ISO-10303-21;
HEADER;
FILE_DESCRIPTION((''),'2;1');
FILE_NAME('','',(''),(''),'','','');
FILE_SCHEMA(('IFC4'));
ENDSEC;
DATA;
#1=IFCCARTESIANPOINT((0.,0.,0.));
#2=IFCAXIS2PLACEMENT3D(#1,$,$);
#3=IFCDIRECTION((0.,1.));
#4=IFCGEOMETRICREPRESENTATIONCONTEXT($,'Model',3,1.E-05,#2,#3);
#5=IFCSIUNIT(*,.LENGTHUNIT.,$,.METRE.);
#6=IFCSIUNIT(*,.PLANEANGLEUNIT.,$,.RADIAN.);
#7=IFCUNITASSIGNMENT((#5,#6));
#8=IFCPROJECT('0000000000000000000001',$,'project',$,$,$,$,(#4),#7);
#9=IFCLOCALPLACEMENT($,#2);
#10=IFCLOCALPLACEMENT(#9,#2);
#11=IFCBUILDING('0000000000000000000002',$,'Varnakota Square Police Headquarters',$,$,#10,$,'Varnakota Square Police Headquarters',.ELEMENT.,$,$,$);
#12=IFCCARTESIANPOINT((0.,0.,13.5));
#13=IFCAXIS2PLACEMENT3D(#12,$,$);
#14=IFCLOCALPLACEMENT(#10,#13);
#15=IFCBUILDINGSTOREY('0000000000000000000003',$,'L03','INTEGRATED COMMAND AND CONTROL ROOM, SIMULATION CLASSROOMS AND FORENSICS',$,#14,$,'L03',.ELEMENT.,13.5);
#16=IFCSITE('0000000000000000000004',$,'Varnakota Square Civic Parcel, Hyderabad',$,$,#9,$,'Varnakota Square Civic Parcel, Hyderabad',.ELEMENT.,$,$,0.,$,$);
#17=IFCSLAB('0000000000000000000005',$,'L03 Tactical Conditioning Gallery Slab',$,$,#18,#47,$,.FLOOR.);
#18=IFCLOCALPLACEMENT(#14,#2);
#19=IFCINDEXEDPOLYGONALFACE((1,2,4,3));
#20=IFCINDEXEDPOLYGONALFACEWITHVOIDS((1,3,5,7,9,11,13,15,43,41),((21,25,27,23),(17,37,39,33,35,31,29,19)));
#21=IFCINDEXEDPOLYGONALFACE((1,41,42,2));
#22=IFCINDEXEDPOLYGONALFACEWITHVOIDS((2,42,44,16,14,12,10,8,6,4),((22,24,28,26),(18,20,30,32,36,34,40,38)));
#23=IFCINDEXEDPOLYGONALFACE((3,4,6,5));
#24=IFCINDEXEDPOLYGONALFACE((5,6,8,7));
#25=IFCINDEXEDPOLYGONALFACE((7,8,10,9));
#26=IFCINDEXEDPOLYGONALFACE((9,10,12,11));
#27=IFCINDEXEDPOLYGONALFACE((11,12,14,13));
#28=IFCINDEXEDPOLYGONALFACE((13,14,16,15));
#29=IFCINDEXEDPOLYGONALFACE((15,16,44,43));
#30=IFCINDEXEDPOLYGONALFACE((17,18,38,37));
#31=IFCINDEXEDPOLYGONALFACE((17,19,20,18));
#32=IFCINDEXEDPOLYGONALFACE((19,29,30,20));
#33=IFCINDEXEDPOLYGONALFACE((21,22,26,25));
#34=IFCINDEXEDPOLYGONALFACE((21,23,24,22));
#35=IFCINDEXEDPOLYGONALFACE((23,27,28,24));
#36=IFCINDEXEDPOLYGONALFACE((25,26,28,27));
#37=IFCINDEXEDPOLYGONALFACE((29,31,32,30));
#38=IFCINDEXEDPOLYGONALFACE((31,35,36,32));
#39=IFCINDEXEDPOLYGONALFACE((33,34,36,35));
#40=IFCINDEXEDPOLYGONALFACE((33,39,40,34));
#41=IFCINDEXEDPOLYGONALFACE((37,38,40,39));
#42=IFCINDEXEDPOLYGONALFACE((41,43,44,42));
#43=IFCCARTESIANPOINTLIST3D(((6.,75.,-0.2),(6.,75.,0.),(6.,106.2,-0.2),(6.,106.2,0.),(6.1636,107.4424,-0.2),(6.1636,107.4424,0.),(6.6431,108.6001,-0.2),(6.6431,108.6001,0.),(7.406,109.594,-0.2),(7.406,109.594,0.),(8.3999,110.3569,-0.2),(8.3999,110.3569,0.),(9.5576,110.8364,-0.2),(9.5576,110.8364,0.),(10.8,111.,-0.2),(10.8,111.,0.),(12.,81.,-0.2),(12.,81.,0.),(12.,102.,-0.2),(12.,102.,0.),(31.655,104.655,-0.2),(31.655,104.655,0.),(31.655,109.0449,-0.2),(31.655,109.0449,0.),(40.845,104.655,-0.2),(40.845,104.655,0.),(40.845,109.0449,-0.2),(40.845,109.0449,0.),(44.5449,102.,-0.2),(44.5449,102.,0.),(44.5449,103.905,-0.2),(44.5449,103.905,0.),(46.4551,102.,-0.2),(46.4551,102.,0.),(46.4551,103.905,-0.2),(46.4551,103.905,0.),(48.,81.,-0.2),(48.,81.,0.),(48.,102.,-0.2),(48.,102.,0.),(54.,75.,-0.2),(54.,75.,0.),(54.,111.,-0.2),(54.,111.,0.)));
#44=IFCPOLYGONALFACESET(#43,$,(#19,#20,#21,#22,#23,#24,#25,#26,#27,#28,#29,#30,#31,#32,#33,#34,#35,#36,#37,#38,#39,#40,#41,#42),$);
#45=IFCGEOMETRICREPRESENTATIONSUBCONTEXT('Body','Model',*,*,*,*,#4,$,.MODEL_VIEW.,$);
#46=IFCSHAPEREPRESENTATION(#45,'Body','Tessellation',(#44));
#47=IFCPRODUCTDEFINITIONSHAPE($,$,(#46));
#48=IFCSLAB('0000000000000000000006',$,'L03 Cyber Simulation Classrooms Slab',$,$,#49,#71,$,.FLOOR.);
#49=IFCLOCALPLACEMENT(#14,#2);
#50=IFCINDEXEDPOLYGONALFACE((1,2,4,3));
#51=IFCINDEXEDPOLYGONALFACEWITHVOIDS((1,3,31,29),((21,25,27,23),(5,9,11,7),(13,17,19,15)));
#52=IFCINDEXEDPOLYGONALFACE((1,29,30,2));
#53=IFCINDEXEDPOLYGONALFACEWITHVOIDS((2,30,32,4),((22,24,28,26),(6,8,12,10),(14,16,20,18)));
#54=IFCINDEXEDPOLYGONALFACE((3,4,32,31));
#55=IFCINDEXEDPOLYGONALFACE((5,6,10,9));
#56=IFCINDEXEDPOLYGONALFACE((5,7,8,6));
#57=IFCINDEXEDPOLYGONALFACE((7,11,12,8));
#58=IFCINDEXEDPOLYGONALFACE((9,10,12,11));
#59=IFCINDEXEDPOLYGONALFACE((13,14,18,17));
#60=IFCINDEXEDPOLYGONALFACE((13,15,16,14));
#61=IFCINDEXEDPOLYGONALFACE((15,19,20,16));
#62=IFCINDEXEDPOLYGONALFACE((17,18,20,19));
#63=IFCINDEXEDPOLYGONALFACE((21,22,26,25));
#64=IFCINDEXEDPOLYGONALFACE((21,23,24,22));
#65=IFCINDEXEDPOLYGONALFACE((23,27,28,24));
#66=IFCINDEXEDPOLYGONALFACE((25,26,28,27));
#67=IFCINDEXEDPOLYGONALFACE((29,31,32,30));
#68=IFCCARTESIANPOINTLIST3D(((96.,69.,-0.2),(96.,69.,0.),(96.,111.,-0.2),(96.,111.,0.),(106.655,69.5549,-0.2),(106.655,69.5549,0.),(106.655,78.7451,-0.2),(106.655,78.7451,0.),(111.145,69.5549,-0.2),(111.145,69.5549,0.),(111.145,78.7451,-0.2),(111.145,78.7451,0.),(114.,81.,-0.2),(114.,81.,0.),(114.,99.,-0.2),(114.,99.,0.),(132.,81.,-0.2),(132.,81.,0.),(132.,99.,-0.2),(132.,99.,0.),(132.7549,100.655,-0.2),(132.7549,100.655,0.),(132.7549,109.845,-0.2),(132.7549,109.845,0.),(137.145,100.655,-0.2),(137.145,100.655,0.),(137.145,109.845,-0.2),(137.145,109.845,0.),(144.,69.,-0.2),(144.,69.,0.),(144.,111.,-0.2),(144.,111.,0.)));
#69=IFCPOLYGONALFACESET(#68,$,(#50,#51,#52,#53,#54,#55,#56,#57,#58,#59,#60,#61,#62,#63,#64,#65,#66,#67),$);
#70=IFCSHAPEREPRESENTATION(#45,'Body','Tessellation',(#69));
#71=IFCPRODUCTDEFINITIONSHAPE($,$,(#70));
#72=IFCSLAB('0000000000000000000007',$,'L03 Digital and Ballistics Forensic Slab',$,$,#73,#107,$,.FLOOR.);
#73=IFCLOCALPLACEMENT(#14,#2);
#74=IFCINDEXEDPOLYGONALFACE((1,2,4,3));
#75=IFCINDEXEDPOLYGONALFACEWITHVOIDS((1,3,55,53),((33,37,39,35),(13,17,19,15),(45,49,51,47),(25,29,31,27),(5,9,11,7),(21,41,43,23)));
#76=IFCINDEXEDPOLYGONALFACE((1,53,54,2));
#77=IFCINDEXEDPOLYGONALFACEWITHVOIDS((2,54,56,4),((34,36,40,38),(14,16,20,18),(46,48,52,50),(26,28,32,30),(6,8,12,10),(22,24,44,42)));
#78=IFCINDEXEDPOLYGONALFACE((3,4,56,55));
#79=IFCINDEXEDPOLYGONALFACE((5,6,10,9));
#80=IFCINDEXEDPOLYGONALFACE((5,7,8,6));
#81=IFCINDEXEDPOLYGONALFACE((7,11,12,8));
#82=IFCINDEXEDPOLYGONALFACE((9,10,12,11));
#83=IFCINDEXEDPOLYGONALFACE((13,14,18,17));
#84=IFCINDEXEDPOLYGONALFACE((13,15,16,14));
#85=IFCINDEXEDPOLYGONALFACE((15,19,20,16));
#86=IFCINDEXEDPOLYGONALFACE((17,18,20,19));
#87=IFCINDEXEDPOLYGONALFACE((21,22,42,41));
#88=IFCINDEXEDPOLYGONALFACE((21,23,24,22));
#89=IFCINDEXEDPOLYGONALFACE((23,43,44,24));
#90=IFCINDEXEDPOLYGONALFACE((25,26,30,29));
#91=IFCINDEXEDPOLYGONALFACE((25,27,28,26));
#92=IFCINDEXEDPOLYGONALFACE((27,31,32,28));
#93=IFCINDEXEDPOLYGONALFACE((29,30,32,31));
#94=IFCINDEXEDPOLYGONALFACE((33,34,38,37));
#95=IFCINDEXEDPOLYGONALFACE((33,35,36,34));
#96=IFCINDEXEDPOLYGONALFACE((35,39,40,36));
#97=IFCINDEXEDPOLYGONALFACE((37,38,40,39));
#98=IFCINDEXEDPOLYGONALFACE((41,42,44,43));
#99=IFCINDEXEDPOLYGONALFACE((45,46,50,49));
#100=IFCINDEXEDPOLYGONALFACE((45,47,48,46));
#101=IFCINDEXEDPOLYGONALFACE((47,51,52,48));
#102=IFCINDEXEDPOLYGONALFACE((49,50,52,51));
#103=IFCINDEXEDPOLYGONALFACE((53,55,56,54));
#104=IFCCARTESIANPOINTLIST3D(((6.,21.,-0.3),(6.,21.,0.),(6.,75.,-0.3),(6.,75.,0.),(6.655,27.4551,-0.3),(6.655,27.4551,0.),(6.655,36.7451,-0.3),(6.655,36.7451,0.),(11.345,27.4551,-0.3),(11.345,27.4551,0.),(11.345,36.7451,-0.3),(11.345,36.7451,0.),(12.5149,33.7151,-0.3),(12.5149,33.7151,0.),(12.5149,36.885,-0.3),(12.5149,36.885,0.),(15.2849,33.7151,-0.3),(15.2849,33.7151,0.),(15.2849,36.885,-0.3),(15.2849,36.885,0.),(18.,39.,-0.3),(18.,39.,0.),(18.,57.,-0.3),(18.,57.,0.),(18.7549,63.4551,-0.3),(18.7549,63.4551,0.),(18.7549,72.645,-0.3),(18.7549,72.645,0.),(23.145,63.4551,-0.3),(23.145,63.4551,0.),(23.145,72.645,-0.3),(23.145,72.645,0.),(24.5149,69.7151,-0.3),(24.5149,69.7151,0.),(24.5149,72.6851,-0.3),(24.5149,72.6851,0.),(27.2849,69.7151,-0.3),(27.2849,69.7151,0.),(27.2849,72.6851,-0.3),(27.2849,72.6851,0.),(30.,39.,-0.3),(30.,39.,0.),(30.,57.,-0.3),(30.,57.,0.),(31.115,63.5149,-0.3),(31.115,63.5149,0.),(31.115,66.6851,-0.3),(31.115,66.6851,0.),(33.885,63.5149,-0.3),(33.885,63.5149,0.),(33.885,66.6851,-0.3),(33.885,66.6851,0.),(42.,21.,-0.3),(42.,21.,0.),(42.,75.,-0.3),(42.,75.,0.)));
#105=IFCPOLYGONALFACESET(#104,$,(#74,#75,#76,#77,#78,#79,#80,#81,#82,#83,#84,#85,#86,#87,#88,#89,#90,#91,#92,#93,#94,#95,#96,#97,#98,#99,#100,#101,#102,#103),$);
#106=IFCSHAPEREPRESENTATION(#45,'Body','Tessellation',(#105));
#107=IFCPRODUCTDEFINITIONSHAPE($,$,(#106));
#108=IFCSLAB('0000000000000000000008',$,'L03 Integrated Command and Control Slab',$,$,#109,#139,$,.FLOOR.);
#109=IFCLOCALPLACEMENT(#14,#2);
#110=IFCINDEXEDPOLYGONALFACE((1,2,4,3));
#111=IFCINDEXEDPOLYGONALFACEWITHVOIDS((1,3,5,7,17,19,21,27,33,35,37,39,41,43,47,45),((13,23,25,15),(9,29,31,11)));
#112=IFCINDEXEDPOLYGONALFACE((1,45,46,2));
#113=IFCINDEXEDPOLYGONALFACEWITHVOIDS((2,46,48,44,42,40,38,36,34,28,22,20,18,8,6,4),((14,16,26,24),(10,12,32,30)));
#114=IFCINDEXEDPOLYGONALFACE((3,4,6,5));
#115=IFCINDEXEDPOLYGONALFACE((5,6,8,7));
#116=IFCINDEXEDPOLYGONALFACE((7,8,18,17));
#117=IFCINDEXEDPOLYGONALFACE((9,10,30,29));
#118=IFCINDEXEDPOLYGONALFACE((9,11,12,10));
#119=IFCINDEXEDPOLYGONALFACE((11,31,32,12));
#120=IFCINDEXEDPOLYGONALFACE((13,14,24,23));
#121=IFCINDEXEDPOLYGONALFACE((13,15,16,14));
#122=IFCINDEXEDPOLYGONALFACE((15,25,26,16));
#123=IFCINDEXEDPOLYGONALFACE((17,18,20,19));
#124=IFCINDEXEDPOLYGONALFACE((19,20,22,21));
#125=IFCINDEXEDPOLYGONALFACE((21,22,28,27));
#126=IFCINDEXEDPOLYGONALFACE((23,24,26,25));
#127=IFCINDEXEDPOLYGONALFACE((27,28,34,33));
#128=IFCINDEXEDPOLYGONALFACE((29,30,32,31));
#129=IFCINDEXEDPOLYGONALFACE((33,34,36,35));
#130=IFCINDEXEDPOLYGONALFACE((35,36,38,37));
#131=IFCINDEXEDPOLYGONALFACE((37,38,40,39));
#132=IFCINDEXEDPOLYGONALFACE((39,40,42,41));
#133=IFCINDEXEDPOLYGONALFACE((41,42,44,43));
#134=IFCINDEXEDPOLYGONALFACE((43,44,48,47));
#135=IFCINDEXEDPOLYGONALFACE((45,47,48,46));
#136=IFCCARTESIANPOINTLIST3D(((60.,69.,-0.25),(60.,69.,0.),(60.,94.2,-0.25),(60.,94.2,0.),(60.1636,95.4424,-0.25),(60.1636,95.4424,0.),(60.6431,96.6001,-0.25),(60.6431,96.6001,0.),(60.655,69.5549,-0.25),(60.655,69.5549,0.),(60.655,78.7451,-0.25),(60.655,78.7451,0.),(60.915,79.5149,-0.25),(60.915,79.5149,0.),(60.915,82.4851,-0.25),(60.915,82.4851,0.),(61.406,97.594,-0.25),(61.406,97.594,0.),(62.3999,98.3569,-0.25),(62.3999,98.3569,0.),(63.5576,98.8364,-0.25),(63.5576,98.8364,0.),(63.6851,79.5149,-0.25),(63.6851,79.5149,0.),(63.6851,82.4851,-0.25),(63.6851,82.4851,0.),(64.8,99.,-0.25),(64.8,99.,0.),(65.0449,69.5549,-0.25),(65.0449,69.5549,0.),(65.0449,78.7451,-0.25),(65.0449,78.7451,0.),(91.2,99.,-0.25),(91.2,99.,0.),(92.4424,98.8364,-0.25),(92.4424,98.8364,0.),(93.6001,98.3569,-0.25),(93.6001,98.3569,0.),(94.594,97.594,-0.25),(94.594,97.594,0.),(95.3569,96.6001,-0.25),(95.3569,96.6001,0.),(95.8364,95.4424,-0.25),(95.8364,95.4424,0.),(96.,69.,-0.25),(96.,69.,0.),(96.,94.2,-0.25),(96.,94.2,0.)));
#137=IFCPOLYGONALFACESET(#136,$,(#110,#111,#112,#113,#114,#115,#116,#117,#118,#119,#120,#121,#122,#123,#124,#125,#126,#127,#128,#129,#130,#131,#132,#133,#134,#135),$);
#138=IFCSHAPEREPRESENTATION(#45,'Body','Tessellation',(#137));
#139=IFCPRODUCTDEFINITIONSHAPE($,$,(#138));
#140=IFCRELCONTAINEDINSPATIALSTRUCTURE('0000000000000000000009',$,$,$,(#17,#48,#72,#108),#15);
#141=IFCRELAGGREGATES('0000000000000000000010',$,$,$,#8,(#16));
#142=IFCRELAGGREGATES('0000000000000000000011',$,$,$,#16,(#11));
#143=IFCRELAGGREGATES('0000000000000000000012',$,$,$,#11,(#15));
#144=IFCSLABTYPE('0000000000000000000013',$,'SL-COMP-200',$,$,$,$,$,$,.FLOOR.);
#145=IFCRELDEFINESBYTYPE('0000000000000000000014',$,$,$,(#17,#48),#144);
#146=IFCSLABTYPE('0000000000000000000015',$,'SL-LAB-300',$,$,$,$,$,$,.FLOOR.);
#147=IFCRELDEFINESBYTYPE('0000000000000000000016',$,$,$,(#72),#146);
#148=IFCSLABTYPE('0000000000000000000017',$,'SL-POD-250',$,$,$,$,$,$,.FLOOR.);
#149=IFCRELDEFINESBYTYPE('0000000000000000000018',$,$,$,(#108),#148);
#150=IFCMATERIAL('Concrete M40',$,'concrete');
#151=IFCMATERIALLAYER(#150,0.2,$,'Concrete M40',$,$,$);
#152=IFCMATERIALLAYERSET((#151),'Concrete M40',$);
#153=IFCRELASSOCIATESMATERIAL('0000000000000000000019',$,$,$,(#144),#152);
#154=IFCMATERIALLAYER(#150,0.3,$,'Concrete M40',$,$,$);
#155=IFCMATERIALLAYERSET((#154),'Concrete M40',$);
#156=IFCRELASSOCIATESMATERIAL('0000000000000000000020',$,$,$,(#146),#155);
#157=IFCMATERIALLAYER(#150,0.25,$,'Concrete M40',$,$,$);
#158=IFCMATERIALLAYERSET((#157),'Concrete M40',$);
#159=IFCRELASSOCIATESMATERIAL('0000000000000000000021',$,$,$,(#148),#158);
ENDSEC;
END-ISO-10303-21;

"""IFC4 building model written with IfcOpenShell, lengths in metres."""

from ifc_helpers import new_model, si_unit, direction, frame, origin, place, context, subcontext, project, spatial, polyline, outline, extrude, material, layer, layer_set, type_object, element, save


model = new_model("IFC4")

# Units and contexts
model_context = context("Model", 3, precision=1e-05, world=origin(), true_north=direction((0.0, 1.0)))
body_context = subcontext(model_context, "Body", "Model", "MODEL_VIEW")
ifc_project = project(units=[si_unit("LENGTHUNIT", "METRE"), si_unit("PLANEANGLEUNIT", "RADIAN")], contexts=[model_context])

# Site, building, storey
site_placement = place(None, origin())
site = spatial("IfcSite", under=ifc_project, at=site_placement, Name="Varnakota Square Civic Parcel, Hyderabad", LongName="Varnakota Square Civic Parcel, Hyderabad", CompositionType="ELEMENT", RefElevation=0.0)
building_placement = place(site_placement, origin())
building = spatial("IfcBuilding", under=site, at=building_placement, Name="Varnakota Square Police Headquarters", LongName="Varnakota Square Police Headquarters", CompositionType="ELEMENT")
storey_placement = place(building_placement, frame((0.0, 0.0, 13.5)))
storey = spatial("IfcBuildingStorey", under=building, at=storey_placement, Name="L03", Description="INTEGRATED COMMAND AND CONTROL ROOM, SIMULATION CLASSROOMS AND FORENSICS", LongName="L03", CompositionType="ELEMENT", Elevation=13.5)

# Slabs
ifc_material_1 = material(Name="Concrete M40", Category="concrete")
ifc_layer_1 = layer(ifc_material_1, 0.2, Name="Concrete M40")
ifc_layer_set_1 = layer_set([ifc_layer_1], Name="Concrete M40")
slab_type_1 = type_object("IfcSlabType", Name="SL-COMP-200", PredefinedType="FLOOR", material=ifc_layer_set_1)
slab_1_placement = place(storey_placement, frame((0.0, 0.0, -0.2)))
element("IfcSlab", 1, at=slab_1_placement, inside=storey, type_object=slab_type_1, Name="L03 Tactical Conditioning Gallery Slab", PredefinedType="FLOOR", context=body_context, shape_type="SweptSolid", body=[
    extrude(outline(polyline([(6.0, 75.0), (54.0, 75.0), (54.0, 111.0), (10.8, 111.0), (9.5576, 110.8364), (8.3999, 110.3569), (7.406, 109.594), (6.6431, 108.6001), (6.1636, 107.4424), (6.0, 106.2), (6.0, 75.0)]), holes=[polyline([(12.0, 81.0), (48.0, 81.0), (48.0, 102.0), (46.4551, 102.0), (46.4551, 103.905), (44.5449, 103.905), (44.5449, 102.0), (12.0, 102.0), (12.0, 81.0)]), polyline([(31.655, 104.655), (40.845, 104.655), (40.845, 109.0449), (31.655, 109.0449), (31.655, 104.655)])]), origin(), (0.0, 0.0, 1.0), 0.2),
])
slab_2_placement = place(storey_placement, frame((0.0, 0.0, -0.2)))
element("IfcSlab", 2, at=slab_2_placement, inside=storey, type_object=slab_type_1, Name="L03 Cyber Simulation Classrooms Slab", PredefinedType="FLOOR", context=body_context, shape_type="SweptSolid", body=[
    extrude(outline(polyline([(96.0, 69.0), (144.0, 69.0), (144.0, 111.0), (96.0, 111.0), (96.0, 69.0)]), holes=[polyline([(114.0, 81.0), (132.0, 81.0), (132.0, 99.0), (114.0, 99.0), (114.0, 81.0)]), polyline([(132.7549, 100.655), (137.145, 100.655), (137.145, 109.845), (132.7549, 109.845), (132.7549, 100.655)]), polyline([(106.655, 69.5549), (111.145, 69.5549), (111.145, 78.7451), (106.655, 78.7451), (106.655, 69.5549)])]), origin(), (0.0, 0.0, 1.0), 0.2),
])
ifc_layer_2 = layer(ifc_material_1, 0.3, Name="Concrete M40")
ifc_layer_set_2 = layer_set([ifc_layer_2], Name="Concrete M40")
slab_type_2 = type_object("IfcSlabType", Name="SL-LAB-300", PredefinedType="FLOOR", material=ifc_layer_set_2)
slab_3_placement = place(storey_placement, frame((0.0, 0.0, -0.3)))
element("IfcSlab", 3, at=slab_3_placement, inside=storey, type_object=slab_type_2, Name="L03 Digital and Ballistics Forensic Slab", PredefinedType="FLOOR", context=body_context, shape_type="SweptSolid", body=[
    extrude(outline(polyline([(6.0, 21.0), (42.0, 21.0), (42.0, 75.0), (6.0, 75.0), (6.0, 21.0)]), holes=[polyline([(18.0, 39.0), (30.0, 39.0), (30.0, 57.0), (18.0, 57.0), (18.0, 39.0)]), polyline([(6.655, 27.4551), (11.345, 27.4551), (11.345, 36.7451), (6.655, 36.7451), (6.655, 27.4551)]), polyline([(12.5149, 33.7151), (15.2849, 33.7151), (15.2849, 36.885), (12.5149, 36.885), (12.5149, 33.7151)]), polyline([(18.7549, 63.4551), (23.145, 63.4551), (23.145, 72.645), (18.7549, 72.645), (18.7549, 63.4551)]), polyline([(24.5149, 69.7151), (27.2849, 69.7151), (27.2849, 72.6851), (24.5149, 72.6851), (24.5149, 69.7151)]), polyline([(31.115, 63.5149), (33.885, 63.5149), (33.885, 66.6851), (31.115, 66.6851), (31.115, 63.5149)])]), origin(), (0.0, 0.0, 1.0), 0.3),
])
ifc_layer_3 = layer(ifc_material_1, 0.25, Name="Concrete M40")
ifc_layer_set_3 = layer_set([ifc_layer_3], Name="Concrete M40")
slab_type_3 = type_object("IfcSlabType", Name="SL-POD-250", PredefinedType="FLOOR", material=ifc_layer_set_3)
slab_4_placement = place(storey_placement, frame((0.0, 0.0, -0.25)))
element("IfcSlab", 4, at=slab_4_placement, inside=storey, type_object=slab_type_3, Name="L03 Integrated Command and Control Slab", PredefinedType="FLOOR", context=body_context, shape_type="SweptSolid", body=[
    extrude(outline(polyline([(60.0, 69.0), (96.0, 69.0), (96.0, 94.2), (95.8364, 95.4424), (95.3569, 96.6001), (94.594, 97.594), (93.6001, 98.3569), (92.4424, 98.8364), (91.2, 99.0), (64.8, 99.0), (63.5576, 98.8364), (62.3999, 98.3569), (61.406, 97.594), (60.6431, 96.6001), (60.1636, 95.4424), (60.0, 94.2), (60.0, 69.0)]), holes=[polyline([(60.655, 69.5549), (65.0449, 69.5549), (65.0449, 78.7451), (60.655, 78.7451), (60.655, 69.5549)]), polyline([(60.915, 79.5149), (63.6851, 79.5149), (63.6851, 82.4851), (60.915, 82.4851), (60.915, 79.5149)])]), origin(), (0.0, 0.0, 1.0), 0.25),
])

save(model, "model.ifc")
